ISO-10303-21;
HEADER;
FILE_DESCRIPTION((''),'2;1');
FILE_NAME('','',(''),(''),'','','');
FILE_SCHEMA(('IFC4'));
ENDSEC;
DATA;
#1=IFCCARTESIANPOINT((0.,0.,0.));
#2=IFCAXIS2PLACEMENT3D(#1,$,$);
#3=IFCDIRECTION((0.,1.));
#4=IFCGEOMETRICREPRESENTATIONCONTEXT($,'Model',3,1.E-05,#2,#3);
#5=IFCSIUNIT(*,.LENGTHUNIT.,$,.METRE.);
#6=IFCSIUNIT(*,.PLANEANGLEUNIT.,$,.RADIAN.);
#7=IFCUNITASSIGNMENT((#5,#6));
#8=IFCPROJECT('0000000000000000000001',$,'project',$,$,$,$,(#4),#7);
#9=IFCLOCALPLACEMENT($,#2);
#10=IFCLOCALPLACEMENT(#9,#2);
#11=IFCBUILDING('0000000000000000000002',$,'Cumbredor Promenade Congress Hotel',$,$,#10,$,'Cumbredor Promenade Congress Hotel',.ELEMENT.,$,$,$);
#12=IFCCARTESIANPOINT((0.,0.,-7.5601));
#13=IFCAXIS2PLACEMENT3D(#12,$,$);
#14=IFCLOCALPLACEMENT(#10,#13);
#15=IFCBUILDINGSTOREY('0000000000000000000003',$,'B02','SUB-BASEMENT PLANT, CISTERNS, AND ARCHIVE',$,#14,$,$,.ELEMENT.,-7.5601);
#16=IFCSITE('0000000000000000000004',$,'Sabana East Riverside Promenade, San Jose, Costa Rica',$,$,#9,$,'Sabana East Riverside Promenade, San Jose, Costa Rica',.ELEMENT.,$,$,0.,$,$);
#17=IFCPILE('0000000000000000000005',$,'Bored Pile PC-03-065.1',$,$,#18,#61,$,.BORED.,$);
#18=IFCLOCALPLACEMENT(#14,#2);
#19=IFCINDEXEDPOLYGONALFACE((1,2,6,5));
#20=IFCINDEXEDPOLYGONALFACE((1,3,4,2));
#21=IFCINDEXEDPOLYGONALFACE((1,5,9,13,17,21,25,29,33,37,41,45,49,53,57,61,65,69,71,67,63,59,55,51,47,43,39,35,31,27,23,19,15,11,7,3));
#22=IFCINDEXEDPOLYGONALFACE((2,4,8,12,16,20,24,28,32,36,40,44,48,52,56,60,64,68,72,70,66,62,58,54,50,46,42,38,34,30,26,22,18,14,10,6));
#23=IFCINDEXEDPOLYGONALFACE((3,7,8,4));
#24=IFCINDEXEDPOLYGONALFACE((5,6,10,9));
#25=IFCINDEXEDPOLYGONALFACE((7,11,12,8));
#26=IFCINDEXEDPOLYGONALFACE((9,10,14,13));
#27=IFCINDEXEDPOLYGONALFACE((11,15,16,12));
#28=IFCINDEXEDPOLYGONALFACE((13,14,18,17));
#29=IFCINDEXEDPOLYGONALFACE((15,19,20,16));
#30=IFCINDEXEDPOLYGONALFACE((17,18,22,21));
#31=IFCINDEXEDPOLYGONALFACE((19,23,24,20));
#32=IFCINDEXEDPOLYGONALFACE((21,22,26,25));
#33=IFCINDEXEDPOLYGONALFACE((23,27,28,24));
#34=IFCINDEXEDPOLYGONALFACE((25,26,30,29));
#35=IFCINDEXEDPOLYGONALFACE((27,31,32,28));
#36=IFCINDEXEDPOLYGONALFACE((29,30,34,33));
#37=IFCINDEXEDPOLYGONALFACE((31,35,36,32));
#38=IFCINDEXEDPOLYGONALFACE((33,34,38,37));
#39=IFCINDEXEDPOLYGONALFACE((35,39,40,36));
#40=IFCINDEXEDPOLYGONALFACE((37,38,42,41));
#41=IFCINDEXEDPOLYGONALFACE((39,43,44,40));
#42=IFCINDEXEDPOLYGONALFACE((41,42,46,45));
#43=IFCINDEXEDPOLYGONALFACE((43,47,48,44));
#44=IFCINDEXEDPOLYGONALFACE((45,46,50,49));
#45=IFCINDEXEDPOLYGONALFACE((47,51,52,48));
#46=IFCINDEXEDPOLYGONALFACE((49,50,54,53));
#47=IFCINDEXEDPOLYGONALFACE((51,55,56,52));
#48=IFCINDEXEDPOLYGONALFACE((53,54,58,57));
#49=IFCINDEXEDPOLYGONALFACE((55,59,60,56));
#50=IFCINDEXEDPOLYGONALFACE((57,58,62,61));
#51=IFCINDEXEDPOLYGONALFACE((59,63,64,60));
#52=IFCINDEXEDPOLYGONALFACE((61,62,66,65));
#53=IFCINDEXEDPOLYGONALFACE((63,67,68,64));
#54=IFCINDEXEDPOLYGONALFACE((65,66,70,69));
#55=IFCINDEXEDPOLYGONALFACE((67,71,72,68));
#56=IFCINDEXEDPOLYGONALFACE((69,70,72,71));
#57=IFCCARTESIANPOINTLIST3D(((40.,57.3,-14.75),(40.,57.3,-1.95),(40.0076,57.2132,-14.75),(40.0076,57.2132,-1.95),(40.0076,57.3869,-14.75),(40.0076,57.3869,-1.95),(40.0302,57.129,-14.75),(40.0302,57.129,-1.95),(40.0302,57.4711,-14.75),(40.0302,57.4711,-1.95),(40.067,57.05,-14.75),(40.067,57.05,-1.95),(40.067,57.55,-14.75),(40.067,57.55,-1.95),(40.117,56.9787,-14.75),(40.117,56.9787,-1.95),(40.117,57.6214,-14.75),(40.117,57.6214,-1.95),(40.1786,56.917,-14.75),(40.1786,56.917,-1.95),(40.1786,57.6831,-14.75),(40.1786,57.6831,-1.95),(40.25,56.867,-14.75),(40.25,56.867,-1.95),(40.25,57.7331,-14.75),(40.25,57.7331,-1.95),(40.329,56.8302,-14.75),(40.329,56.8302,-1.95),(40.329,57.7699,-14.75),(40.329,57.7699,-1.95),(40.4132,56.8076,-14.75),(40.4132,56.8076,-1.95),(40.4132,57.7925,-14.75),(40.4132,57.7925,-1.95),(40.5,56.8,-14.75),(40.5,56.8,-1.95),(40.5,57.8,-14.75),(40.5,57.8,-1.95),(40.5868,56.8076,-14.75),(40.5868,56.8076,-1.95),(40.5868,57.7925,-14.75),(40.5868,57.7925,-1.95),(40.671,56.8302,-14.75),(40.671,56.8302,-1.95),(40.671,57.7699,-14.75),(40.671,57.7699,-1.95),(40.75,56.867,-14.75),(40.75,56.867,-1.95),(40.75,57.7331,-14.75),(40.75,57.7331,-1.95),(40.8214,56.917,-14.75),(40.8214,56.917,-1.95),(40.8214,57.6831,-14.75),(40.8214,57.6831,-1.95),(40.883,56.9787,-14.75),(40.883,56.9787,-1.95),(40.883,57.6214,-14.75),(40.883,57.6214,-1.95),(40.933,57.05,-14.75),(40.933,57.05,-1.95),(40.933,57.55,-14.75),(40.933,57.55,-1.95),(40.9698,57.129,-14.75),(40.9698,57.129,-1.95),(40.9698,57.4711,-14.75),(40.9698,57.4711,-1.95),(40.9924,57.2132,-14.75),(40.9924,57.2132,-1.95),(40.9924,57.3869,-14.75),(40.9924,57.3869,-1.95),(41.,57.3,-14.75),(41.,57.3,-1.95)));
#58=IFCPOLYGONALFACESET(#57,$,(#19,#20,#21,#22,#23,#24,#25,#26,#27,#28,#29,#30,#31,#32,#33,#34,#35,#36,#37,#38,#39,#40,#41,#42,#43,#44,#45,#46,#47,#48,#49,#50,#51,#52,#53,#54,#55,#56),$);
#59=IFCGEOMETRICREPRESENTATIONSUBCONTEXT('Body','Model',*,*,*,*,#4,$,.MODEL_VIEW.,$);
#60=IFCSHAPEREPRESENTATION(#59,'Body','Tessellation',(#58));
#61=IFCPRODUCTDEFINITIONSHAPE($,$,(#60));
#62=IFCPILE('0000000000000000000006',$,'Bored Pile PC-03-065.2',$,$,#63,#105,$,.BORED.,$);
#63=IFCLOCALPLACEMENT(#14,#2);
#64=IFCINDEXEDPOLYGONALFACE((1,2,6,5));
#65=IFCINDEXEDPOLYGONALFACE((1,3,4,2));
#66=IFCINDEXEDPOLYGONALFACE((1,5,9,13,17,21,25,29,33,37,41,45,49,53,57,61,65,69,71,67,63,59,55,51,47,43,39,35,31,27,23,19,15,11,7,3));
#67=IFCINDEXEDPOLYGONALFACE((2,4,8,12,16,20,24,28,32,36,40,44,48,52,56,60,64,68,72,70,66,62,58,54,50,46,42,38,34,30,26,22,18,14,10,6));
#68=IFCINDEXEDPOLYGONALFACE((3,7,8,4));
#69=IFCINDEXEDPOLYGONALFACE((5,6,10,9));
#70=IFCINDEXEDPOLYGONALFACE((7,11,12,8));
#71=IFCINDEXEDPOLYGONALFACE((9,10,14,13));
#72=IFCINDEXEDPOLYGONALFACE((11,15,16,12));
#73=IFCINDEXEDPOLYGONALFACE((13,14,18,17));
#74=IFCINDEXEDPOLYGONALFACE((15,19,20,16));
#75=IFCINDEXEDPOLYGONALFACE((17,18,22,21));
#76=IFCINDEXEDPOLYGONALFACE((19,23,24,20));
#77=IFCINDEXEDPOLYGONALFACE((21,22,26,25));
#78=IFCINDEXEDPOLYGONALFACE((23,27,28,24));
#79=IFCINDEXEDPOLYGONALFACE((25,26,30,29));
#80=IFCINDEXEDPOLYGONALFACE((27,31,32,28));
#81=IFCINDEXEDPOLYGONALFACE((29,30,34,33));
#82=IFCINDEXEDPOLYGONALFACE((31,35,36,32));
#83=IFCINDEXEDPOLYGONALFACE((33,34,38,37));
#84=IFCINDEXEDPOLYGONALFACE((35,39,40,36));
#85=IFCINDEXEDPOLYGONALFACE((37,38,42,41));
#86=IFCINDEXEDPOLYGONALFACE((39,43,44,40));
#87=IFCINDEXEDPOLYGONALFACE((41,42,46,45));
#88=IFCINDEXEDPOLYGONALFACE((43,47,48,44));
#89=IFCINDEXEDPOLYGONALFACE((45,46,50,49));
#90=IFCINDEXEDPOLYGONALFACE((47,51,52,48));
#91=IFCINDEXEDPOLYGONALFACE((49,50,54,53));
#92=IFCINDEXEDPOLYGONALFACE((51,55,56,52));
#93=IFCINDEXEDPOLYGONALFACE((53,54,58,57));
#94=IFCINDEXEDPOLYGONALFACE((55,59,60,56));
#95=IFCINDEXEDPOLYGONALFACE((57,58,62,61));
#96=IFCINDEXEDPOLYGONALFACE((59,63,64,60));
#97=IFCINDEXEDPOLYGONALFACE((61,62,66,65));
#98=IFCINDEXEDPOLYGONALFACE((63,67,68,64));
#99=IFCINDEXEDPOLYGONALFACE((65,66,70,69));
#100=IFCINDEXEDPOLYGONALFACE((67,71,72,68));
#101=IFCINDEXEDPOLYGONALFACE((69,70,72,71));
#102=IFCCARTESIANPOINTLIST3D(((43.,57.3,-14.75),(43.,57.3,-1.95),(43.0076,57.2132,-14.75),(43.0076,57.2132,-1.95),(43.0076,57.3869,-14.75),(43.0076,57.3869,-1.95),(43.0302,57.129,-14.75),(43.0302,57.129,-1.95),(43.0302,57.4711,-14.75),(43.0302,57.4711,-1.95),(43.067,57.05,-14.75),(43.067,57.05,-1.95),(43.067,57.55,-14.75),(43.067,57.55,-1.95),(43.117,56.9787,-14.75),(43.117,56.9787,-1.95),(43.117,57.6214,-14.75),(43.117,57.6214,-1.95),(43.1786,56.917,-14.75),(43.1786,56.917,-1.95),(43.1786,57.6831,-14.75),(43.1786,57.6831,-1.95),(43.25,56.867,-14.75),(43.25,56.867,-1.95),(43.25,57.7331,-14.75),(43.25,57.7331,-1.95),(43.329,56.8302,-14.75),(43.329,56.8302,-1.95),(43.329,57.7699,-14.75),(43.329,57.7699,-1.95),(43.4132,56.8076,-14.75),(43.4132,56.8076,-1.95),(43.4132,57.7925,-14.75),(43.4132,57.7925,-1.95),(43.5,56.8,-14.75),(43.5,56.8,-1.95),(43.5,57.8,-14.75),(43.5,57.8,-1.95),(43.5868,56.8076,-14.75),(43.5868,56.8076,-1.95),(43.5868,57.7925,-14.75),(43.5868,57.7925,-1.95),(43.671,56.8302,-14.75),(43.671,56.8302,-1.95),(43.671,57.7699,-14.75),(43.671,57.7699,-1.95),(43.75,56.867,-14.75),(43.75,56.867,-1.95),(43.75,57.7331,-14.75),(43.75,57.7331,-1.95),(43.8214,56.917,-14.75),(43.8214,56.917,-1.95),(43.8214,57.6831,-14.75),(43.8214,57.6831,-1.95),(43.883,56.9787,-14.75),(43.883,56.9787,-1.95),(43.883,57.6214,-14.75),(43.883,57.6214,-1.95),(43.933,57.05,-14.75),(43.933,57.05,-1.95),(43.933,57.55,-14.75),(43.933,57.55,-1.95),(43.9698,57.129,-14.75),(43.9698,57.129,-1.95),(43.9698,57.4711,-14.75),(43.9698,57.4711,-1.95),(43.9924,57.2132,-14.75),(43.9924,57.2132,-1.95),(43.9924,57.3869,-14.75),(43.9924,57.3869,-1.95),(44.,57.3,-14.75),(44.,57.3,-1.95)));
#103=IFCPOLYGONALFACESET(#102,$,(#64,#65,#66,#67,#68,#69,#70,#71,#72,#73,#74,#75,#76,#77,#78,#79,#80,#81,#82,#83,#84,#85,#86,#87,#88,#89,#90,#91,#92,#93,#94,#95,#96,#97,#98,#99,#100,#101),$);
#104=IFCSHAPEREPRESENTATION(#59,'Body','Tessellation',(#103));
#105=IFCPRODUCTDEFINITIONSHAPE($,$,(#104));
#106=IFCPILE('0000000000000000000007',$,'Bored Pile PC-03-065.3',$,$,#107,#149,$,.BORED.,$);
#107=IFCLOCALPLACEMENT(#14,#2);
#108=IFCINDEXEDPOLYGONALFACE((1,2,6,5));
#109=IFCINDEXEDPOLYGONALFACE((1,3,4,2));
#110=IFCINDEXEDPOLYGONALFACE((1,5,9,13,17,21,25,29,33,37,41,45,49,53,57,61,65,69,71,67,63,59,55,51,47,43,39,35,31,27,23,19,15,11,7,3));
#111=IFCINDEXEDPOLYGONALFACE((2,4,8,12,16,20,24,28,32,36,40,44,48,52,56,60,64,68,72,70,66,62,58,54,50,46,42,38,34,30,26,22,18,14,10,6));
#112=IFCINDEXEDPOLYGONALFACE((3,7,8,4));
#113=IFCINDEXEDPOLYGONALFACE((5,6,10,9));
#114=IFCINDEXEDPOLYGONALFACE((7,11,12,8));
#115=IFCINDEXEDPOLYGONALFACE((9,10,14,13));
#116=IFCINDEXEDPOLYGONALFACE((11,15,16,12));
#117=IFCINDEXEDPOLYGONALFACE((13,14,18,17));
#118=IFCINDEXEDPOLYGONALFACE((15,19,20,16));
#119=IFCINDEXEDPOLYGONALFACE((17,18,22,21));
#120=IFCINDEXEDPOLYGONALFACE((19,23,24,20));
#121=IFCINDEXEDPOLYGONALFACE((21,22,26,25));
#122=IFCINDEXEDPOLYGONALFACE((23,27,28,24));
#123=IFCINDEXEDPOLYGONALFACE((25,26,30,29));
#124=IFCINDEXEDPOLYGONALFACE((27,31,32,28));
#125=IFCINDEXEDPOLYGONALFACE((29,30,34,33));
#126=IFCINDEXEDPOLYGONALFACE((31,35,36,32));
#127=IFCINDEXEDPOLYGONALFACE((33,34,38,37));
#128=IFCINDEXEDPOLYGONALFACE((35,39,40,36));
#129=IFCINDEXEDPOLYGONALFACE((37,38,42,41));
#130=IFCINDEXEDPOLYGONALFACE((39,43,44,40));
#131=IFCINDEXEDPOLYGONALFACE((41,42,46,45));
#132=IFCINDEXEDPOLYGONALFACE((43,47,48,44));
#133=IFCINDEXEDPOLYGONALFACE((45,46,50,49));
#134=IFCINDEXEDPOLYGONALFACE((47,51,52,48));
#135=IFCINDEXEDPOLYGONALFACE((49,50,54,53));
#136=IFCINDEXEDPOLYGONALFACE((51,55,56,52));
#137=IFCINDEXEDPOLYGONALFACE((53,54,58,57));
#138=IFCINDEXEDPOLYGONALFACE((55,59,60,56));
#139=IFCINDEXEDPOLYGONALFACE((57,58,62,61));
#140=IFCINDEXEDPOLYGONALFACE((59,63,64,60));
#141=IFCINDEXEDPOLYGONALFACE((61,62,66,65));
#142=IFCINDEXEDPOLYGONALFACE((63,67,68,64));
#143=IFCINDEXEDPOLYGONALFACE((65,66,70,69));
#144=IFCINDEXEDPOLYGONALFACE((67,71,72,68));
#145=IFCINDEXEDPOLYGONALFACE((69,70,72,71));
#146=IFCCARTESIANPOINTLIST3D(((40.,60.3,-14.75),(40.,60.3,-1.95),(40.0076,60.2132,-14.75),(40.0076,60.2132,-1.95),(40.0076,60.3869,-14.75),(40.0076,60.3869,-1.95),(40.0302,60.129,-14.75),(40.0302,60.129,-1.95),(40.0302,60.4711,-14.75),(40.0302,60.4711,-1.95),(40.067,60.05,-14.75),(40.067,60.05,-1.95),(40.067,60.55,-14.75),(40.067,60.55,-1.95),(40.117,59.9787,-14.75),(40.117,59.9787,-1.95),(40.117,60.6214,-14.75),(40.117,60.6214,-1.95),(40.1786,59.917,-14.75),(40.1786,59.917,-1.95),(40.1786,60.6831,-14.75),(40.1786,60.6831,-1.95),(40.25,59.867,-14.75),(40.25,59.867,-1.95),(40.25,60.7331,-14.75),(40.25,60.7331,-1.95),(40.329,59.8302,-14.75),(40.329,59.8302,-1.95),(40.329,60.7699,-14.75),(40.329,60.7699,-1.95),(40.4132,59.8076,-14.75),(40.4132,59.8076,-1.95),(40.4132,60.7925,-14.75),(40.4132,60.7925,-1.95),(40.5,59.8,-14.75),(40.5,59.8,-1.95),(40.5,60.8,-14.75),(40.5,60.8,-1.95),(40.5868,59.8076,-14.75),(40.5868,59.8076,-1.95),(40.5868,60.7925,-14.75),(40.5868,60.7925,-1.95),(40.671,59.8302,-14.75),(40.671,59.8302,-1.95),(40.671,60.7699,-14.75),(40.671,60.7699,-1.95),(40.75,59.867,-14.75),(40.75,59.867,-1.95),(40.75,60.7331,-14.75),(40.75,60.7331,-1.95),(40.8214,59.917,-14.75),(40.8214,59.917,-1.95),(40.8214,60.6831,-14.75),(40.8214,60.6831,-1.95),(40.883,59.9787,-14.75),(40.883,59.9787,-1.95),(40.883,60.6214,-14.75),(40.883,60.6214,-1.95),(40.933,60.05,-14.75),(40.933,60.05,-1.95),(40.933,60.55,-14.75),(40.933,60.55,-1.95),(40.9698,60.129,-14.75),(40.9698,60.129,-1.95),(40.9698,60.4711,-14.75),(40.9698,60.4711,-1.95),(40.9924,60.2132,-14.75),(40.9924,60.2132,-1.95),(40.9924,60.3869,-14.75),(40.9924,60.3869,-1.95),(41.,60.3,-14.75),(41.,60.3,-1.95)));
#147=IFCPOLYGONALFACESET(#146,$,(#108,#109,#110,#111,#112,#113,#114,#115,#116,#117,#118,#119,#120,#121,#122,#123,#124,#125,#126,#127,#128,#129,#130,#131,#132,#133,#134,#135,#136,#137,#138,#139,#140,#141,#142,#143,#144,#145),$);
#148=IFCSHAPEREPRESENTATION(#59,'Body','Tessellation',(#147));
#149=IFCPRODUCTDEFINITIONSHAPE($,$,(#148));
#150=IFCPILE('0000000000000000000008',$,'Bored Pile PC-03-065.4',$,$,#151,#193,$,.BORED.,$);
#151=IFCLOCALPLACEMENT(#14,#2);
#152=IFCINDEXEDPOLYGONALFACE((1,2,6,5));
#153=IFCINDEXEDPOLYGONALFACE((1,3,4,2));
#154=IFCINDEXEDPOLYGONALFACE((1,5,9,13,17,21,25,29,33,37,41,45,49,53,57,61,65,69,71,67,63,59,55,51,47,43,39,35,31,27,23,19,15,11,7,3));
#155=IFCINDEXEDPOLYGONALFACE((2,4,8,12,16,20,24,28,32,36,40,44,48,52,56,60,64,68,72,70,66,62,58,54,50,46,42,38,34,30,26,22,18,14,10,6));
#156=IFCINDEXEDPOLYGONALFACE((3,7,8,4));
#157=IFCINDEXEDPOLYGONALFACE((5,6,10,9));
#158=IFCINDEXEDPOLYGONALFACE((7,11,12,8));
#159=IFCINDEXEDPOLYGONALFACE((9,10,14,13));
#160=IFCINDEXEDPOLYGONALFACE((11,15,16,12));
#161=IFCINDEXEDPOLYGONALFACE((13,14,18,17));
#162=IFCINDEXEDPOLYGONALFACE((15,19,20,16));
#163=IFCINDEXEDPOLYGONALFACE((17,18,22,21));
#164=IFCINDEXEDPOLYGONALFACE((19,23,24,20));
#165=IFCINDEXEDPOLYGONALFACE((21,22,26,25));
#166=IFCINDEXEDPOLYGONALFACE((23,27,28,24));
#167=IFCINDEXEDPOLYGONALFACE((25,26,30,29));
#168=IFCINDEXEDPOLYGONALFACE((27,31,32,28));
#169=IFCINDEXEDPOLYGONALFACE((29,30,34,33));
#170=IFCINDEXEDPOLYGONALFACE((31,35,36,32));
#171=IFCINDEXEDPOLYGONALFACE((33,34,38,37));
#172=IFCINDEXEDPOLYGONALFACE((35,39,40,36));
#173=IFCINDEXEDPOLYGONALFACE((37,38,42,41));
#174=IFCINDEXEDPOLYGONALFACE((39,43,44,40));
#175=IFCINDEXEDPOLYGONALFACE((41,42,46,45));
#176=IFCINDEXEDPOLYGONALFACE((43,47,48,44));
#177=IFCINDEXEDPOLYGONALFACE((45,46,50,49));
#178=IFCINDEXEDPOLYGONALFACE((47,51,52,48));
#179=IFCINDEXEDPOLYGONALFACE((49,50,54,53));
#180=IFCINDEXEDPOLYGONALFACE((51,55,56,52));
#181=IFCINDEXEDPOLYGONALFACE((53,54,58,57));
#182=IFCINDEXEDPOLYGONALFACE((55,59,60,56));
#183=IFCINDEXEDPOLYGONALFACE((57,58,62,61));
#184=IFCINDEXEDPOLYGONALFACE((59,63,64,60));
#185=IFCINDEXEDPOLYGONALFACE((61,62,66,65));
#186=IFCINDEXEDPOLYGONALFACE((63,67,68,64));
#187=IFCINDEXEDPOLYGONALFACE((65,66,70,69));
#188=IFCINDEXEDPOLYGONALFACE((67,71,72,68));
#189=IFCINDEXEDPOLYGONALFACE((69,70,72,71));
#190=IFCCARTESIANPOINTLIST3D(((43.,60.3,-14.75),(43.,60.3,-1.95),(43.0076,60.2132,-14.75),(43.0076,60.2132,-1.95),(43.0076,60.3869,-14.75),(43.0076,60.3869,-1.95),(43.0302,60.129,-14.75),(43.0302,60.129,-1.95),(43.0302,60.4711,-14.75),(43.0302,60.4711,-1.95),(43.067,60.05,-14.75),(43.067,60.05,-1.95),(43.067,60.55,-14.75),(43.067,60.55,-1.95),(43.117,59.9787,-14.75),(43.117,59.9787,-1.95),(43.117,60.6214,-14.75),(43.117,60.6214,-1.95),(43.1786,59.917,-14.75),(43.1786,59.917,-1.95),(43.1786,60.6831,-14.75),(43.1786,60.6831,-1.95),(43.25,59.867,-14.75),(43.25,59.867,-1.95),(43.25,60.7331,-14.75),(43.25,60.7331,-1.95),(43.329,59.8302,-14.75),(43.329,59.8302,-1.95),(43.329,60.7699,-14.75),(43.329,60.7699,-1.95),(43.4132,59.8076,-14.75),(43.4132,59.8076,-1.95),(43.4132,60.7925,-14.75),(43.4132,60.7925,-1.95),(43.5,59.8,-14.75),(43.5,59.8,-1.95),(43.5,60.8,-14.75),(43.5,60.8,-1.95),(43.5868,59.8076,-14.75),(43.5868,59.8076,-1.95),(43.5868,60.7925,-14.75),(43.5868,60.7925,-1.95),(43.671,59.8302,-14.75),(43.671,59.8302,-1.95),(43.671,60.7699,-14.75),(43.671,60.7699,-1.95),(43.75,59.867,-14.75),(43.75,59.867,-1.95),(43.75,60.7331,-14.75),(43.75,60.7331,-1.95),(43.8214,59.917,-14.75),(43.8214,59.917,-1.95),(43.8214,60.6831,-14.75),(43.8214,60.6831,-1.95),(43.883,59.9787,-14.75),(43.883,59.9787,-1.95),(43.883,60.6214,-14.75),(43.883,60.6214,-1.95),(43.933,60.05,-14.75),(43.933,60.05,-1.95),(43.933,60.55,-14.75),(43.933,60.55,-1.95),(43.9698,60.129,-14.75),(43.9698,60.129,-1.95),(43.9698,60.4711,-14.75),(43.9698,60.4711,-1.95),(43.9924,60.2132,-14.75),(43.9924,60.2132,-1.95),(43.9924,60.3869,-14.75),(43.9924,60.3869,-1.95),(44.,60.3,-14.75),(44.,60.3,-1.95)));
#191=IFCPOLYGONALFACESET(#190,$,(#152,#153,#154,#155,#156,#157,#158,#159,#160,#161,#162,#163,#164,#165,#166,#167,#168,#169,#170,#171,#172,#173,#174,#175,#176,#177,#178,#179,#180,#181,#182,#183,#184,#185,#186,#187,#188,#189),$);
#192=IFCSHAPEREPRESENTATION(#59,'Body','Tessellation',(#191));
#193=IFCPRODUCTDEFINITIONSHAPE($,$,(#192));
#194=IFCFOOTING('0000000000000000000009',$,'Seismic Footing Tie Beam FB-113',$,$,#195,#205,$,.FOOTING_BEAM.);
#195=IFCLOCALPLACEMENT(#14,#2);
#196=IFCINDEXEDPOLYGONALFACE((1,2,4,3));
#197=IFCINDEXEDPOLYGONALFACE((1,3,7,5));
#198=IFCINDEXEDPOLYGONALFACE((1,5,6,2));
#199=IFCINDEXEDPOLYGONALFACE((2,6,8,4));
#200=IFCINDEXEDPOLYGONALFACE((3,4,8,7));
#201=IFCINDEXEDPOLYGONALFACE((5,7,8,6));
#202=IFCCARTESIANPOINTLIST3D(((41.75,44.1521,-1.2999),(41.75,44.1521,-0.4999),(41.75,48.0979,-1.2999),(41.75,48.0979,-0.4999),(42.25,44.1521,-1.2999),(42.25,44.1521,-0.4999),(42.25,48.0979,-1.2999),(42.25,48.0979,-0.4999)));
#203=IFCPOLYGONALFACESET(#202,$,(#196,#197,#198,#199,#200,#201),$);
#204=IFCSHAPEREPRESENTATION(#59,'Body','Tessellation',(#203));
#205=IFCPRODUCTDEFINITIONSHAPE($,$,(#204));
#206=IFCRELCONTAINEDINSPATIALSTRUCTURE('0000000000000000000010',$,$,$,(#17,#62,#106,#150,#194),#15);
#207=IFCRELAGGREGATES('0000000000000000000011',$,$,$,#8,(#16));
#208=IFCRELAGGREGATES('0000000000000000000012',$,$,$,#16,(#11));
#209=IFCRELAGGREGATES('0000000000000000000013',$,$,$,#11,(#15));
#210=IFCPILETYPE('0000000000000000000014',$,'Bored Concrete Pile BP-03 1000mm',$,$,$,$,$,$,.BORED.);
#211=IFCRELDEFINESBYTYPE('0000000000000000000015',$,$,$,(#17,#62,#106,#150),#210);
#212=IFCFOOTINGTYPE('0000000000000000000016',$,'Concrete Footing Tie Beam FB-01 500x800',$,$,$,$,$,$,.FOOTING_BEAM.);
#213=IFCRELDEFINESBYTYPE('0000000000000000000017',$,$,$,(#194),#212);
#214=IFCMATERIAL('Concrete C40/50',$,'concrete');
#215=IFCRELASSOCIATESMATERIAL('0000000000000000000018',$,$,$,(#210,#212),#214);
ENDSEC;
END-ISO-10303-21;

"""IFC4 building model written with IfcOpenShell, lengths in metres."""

from ifc_helpers import new_model, si_unit, direction, frame, origin, origin_2d, place, context, subcontext, project, spatial, rectangle, circle, extrude, material, material_profile, profile_set, type_object, element, save


model = new_model("IFC4")

# Units and contexts
model_context = context("Model", 3, precision=1e-05, world=origin(), true_north=direction((0.0, 1.0)))
body_context = subcontext(model_context, "Body", "Model", "MODEL_VIEW")
ifc_project = project(units=[si_unit("LENGTHUNIT", "METRE"), si_unit("PLANEANGLEUNIT", "RADIAN")], contexts=[model_context])

# Site, building, storey
site_placement = place(None, origin())
site = spatial("IfcSite", under=ifc_project, at=site_placement, Name="Sabana East Riverside Promenade, San Jose, Costa Rica", LongName="Sabana East Riverside Promenade, San Jose, Costa Rica", CompositionType="ELEMENT", RefElevation=0.0)
building_placement = place(site_placement, origin())
building = spatial("IfcBuilding", under=site, at=building_placement, Name="Cumbredor Promenade Congress Hotel", LongName="Cumbredor Promenade Congress Hotel", CompositionType="ELEMENT")
storey_placement = place(building_placement, frame((0.0, 0.0, -7.5601)))
storey = spatial("IfcBuildingStorey", under=building, at=storey_placement, Name="B02", Description="SUB-BASEMENT PLANT, CISTERNS, AND ARCHIVE", CompositionType="ELEMENT", Elevation=-7.5601)

# Piles
ifc_material_1 = material(Name="Concrete C40/50", Category="concrete")
ifc_material_profile_1 = material_profile(ifc_material_1, circle(Radius=0.5, at=origin_2d()), Name="PILE D1000")
ifc_profile_set_1 = profile_set([ifc_material_profile_1], Name="Concrete C40/50")
pile_type = type_object("IfcPileType", Name="Bored Concrete Pile BP-03 1000mm", PredefinedType="BORED", material=ifc_profile_set_1)
for number, where, z_axis, x_axis, name in (
    (1, (40.5, 57.3, -1.95), (0.0, 0.0, -1.0), (1.0, 0.0, 0.0), "Bored Pile PC-03-065.1"),
    (2, (43.5, 57.3, -1.95), (0.0, 0.0, -1.0), (1.0, 0.0, 0.0), "Bored Pile PC-03-065.2"),
    (3, (40.5, 60.3, -1.95), (0.0, 0.0, -1.0), (1.0, 0.0, 0.0), "Bored Pile PC-03-065.3"),
    (4, (43.5, 60.3, -1.95), (0.0, 0.0, -1.0), (1.0, 0.0, 0.0), "Bored Pile PC-03-065.4"),
):
    element("IfcPile", number, at=place(storey_placement, frame(where, z_axis=z_axis, x_axis=x_axis)), inside=storey, type_object=pile_type, Name=name, PredefinedType="BORED", context=body_context, shape_type="SweptSolid", body=[
        extrude(circle(Radius=0.5, at=origin_2d()), origin(), (0.0, 0.0, 1.0), 12.8),
    ])

# Footing
ifc_material_profile_2 = material_profile(ifc_material_1, rectangle(XDim=0.5, YDim=0.8, at=origin_2d()), Name="FB 500x800")
ifc_profile_set_2 = profile_set([ifc_material_profile_2], Name="Concrete C40/50")
footing_type_1 = type_object("IfcFootingType", Name="Concrete Footing Tie Beam FB-01 500x800", PredefinedType="FOOTING_BEAM", material=ifc_profile_set_2)
footing_1_placement = place(storey_placement, frame((42.0, 44.1521, -0.8999), z_axis=(0.0, 1.0, 0.0), x_axis=(-1.0, 0.0, 0.0)))
element("IfcFooting", 5, at=footing_1_placement, inside=storey, type_object=footing_type_1, Name="Seismic Footing Tie Beam FB-113", PredefinedType="FOOTING_BEAM", context=body_context, shape_type="SweptSolid", body=[
    extrude(rectangle(XDim=0.5, YDim=0.8, at=origin_2d()), origin(), (0.0, 0.0, 1.0), 3.9458),
])

save(model, "model.ifc")
